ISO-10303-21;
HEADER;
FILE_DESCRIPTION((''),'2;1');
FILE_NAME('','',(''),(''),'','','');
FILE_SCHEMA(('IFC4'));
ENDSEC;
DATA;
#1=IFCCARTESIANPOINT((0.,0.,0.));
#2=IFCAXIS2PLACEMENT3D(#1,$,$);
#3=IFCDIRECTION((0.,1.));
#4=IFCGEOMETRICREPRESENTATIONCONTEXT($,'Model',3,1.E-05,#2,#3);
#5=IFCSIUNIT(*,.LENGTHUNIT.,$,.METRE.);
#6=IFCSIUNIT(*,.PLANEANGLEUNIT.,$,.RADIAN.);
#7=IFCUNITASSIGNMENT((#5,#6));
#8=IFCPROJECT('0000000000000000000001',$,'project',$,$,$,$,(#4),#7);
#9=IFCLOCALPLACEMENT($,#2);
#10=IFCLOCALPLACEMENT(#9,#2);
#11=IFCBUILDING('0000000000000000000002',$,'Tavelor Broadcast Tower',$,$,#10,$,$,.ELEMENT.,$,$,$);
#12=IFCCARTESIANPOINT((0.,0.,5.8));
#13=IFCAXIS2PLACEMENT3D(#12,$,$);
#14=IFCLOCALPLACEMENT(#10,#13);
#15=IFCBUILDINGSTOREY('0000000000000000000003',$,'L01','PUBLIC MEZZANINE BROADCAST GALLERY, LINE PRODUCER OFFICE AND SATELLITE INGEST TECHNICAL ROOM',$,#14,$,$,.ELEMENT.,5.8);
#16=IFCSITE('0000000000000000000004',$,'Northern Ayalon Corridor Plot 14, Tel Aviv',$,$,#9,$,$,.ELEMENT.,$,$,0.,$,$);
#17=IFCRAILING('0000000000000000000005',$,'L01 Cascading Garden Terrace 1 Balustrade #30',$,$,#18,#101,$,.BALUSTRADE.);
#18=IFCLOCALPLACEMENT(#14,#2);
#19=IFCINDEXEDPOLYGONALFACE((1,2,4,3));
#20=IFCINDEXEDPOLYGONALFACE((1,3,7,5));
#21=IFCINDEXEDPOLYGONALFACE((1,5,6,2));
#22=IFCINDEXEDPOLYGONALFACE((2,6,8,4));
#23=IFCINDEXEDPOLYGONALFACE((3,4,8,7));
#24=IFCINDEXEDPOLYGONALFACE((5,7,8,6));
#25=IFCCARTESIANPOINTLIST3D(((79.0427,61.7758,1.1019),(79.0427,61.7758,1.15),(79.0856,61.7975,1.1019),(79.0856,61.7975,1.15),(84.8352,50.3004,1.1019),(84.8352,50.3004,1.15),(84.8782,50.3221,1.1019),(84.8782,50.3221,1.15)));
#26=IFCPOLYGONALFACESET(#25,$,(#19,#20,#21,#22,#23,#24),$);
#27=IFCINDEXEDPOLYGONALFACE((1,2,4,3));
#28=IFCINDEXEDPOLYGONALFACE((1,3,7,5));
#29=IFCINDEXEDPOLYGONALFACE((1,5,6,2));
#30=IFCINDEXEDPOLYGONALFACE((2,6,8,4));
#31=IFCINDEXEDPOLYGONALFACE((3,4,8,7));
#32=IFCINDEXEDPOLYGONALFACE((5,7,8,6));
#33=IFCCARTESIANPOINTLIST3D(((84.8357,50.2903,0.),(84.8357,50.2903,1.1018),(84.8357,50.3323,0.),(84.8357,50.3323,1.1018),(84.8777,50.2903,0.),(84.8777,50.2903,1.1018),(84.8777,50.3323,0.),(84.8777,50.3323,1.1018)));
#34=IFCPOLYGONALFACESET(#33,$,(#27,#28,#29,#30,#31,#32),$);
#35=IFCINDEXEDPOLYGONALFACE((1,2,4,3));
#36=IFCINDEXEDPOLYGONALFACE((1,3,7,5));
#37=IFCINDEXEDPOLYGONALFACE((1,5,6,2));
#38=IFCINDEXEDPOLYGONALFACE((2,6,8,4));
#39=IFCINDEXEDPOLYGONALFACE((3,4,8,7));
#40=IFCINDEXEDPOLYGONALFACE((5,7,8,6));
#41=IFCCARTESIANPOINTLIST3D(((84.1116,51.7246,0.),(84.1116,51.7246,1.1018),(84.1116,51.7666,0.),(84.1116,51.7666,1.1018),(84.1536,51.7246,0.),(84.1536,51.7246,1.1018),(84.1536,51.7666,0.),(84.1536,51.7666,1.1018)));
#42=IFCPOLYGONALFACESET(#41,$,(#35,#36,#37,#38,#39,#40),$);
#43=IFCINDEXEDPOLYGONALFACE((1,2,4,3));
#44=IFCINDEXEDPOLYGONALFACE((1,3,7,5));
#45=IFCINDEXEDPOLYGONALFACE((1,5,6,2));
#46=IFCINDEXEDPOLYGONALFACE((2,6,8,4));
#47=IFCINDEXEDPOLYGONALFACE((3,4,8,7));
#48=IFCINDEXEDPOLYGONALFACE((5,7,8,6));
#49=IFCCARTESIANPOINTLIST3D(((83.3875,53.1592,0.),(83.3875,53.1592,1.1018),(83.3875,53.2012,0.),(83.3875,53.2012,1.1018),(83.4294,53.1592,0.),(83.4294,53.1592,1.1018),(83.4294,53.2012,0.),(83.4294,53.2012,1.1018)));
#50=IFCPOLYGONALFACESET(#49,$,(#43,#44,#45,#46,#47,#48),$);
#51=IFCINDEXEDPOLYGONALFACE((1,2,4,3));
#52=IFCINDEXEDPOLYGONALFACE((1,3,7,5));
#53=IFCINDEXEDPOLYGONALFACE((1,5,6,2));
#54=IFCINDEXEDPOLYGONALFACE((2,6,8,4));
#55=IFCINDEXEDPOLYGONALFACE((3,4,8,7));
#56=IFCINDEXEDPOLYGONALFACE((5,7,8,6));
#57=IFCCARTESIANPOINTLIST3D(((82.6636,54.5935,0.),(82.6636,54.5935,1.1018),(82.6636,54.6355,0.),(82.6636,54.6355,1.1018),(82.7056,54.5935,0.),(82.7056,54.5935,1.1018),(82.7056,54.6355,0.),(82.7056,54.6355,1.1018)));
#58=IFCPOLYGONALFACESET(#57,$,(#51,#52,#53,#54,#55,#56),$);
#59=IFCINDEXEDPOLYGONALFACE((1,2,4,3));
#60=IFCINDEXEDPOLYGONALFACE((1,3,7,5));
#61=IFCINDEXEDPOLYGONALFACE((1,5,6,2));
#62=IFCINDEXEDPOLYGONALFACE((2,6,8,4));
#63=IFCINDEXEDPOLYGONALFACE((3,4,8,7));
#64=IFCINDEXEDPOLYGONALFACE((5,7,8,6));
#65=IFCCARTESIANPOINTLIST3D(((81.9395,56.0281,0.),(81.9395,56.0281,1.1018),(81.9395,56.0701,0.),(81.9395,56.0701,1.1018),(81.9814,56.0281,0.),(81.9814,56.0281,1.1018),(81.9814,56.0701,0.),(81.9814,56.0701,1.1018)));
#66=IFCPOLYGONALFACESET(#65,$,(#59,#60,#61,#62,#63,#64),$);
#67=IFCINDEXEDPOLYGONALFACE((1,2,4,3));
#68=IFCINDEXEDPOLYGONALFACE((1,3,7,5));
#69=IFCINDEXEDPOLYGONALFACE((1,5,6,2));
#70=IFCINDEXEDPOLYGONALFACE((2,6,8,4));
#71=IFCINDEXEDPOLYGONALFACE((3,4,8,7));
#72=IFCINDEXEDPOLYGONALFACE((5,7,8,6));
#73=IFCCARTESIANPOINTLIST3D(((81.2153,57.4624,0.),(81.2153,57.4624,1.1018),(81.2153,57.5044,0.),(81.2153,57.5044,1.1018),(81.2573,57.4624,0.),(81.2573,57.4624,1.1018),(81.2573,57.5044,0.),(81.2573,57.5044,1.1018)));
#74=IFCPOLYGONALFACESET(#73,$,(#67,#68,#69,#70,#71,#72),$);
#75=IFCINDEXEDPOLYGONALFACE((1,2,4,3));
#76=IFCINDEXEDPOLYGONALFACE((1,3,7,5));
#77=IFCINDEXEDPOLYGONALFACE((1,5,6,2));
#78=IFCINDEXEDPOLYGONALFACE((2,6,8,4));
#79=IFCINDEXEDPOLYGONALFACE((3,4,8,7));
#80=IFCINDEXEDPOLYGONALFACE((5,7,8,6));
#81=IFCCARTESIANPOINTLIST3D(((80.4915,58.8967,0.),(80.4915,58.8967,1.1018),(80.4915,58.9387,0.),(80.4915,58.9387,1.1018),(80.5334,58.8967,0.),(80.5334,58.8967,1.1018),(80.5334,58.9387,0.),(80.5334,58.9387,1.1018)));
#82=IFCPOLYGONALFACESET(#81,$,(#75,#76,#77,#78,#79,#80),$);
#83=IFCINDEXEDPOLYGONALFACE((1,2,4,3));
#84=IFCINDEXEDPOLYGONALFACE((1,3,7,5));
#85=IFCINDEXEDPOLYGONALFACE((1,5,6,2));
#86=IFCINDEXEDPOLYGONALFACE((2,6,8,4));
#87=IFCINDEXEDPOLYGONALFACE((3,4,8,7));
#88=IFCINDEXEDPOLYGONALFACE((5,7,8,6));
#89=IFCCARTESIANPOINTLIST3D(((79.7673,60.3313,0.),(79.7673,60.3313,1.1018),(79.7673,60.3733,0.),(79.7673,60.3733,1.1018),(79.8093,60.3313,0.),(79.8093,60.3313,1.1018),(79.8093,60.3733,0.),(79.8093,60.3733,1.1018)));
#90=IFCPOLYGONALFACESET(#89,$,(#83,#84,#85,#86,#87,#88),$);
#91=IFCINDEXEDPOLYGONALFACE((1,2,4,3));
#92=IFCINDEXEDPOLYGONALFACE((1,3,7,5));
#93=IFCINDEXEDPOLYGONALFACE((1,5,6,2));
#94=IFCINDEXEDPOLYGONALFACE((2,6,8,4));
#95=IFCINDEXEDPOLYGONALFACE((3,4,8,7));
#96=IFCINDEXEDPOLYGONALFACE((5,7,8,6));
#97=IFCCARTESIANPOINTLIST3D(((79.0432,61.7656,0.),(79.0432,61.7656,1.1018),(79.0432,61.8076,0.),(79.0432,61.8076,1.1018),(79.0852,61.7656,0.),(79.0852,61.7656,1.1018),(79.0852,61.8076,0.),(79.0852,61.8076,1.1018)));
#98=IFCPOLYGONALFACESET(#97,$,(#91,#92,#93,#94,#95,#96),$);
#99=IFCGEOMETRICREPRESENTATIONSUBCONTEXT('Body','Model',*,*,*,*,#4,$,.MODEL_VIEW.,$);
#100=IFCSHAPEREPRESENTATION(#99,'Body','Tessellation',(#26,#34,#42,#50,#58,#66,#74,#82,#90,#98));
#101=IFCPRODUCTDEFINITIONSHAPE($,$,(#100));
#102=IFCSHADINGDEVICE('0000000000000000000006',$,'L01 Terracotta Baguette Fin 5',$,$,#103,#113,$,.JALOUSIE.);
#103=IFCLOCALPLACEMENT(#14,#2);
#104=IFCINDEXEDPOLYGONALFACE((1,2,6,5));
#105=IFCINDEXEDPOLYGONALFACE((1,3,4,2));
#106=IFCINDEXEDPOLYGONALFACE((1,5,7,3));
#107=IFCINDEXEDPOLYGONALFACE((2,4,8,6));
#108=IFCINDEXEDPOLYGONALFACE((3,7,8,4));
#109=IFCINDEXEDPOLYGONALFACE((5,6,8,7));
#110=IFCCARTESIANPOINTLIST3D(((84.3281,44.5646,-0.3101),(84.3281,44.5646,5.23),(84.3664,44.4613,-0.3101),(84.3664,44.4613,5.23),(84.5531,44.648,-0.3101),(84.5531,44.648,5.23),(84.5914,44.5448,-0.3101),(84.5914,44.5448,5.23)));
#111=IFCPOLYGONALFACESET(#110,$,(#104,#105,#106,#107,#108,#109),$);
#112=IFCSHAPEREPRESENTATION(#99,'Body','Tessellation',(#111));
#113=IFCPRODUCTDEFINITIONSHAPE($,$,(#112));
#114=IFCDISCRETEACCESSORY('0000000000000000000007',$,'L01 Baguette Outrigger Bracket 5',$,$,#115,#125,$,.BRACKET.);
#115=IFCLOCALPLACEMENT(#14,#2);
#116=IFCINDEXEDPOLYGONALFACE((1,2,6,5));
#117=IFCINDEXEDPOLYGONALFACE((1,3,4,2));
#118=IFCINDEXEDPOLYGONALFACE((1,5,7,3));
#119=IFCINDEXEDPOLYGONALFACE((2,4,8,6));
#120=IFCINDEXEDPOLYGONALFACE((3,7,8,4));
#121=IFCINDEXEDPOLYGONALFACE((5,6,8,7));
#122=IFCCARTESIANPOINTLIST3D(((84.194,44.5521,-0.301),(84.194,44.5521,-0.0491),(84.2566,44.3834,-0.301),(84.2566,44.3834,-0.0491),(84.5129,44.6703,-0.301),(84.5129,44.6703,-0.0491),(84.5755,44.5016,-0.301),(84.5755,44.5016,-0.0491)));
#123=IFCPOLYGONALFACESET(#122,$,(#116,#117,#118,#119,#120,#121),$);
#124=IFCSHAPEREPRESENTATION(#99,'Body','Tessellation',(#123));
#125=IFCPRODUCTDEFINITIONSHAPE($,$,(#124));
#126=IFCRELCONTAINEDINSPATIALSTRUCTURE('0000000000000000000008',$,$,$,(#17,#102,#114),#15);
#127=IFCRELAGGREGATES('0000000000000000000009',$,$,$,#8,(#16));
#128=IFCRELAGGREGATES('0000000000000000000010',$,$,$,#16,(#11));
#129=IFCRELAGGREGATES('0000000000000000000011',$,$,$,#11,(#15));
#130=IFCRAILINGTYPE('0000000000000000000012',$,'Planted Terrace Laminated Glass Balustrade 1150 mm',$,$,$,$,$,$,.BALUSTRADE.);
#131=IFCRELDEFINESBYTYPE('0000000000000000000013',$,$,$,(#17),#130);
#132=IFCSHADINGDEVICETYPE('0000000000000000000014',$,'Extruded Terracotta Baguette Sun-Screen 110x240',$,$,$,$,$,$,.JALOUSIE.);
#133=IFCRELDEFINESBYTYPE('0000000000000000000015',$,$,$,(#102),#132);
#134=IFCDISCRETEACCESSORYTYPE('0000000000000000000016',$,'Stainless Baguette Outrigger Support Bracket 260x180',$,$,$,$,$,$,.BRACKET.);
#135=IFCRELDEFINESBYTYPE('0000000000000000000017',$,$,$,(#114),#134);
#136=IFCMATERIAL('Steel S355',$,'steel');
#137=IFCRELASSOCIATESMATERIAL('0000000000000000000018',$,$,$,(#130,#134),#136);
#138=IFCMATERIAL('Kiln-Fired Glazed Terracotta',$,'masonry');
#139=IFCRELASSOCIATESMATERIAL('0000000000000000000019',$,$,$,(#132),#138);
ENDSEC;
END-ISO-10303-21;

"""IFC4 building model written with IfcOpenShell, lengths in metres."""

from ifc_helpers import new_model, si_unit, direction, frame, origin, origin_2d, place, context, subcontext, project, spatial, rectangle, extrude, source, transform, mapped, material, type_object, type_shapes, element, save


model = new_model("IFC4")

# Units and contexts
model_context = context("Model", 3, precision=1e-05, world=origin(), true_north=direction((0.0, 1.0)))
body_context = subcontext(model_context, "Body", "Model", "MODEL_VIEW")
ifc_project = project(units=[si_unit("LENGTHUNIT", "METRE"), si_unit("PLANEANGLEUNIT", "RADIAN")], contexts=[model_context])

# Site, building, storey
site_placement = place(None, origin())
site = spatial("IfcSite", under=ifc_project, at=site_placement, Name="Northern Ayalon Corridor Plot 14, Tel Aviv", CompositionType="ELEMENT", RefElevation=0.0)
building_placement = place(site_placement, origin())
building = spatial("IfcBuilding", under=site, at=building_placement, Name="Tavelor Broadcast Tower", CompositionType="ELEMENT")
storey_placement = place(building_placement, frame((0.0, 0.0, 5.8)))
storey = spatial("IfcBuildingStorey", under=building, at=storey_placement, Name="L01", Description="PUBLIC MEZZANINE BROADCAST GALLERY, LINE PRODUCER OFFICE AND SATELLITE INGEST TECHNICAL ROOM", CompositionType="ELEMENT", Elevation=5.8)

# Shared definitions
ifc_material_1 = material(Name="Steel S355", Category="steel")

# Railing
railing_type = type_object("IfcRailingType", Name="Planted Terrace Laminated Glass Balustrade 1150 mm", PredefinedType="BALUSTRADE", material=ifc_material_1)
railing_placement = place(storey_placement, frame((84.8567, 50.3113, 0.0)))
element("IfcRailing", 1, at=railing_placement, inside=storey, type_object=railing_type, Name="L01 Cascading Garden Terrace 1 Balustrade #30", PredefinedType="BALUSTRADE", context=body_context, shape_type="SweptSolid", body=[
    extrude(rectangle(XDim=0.0481, YDim=0.0481, at=origin_2d()), frame((0.0, 0.0, 1.126), z_axis=(-0.450621, 0.892715, 0.0), x_axis=(-0.892715, -0.450621, 0.0)), (0.0, 0.0, 1.0), 12.8545),
    extrude(rectangle(XDim=0.042, YDim=0.042, at=origin_2d()), origin(), (0.0, 0.0, 1.0), 1.1018),
    extrude(rectangle(XDim=0.042, YDim=0.042, at=origin_2d()), frame((-0.7241, 1.4343, 0.0)), (0.0, 0.0, 1.0), 1.1018),
    extrude(rectangle(XDim=0.042, YDim=0.042, at=origin_2d()), frame((-1.4482, 2.8689, 0.0)), (0.0, 0.0, 1.0), 1.1018),
    extrude(rectangle(XDim=0.042, YDim=0.042, at=origin_2d()), frame((-2.1721, 4.3032, 0.0)), (0.0, 0.0, 1.0), 1.1018),
    extrude(rectangle(XDim=0.042, YDim=0.042, at=origin_2d()), frame((-2.8962, 5.7378, 0.0)), (0.0, 0.0, 1.0), 1.1018),
    extrude(rectangle(XDim=0.042, YDim=0.042, at=origin_2d()), frame((-3.6204, 7.1721, 0.0)), (0.0, 0.0, 1.0), 1.1018),
    extrude(rectangle(XDim=0.042, YDim=0.042, at=origin_2d()), frame((-4.3442, 8.6064, 0.0)), (0.0, 0.0, 1.0), 1.1018),
    extrude(rectangle(XDim=0.042, YDim=0.042, at=origin_2d()), frame((-5.0684, 10.041, 0.0)), (0.0, 0.0, 1.0), 1.1018),
    extrude(rectangle(XDim=0.042, YDim=0.042, at=origin_2d()), frame((-5.7925, 11.4753, 0.0)), (0.0, 0.0, 1.0), 1.1018),
])

# Shading device
ifc_material_2 = material(Name="Kiln-Fired Glazed Terracotta", Category="masonry")
shading_device_type = type_object("IfcShadingDeviceType", Name="Extruded Terracotta Baguette Sun-Screen 110x240", PredefinedType="JALOUSIE", material=ifc_material_2)
shared_shape_1 = source(origin(), body_context, "Body", "SweptSolid", [
    extrude(rectangle(XDim=0.1101, YDim=0.24, at=origin_2d()), origin(), (0.0, 0.0, 1.0), 5.54),
])
type_shapes(shading_device_type, [shared_shape_1])
shading_device_placement = place(storey_placement, frame((84.4597, 44.5547, -0.3101), z_axis=(0.0, 0.0, 1.0), x_axis=(-0.347754, 0.937586, 0.0)))
element("IfcShadingDevice", 2, at=shading_device_placement, inside=storey, type_object=shading_device_type, Name="L01 Terracotta Baguette Fin 5", PredefinedType="JALOUSIE", context=body_context, shape_type="MappedRepresentation", body=[
    mapped(shared_shape_1, transform((0.0, 0.0, 0.0), scale=1.0)),
])

# Discrete accessory
discrete_accessory_type = type_object("IfcDiscreteAccessoryType", Name="Stainless Baguette Outrigger Support Bracket 260x180", PredefinedType="BRACKET", material=ifc_material_1)
shared_shape_2 = source(origin(), body_context, "Body", "SweptSolid", [
    extrude(rectangle(XDim=0.1799, YDim=0.3401, at=origin_2d()), origin(), (0.0, 0.0, 1.0), 0.252),
])
type_shapes(discrete_accessory_type, [shared_shape_2])
discrete_accessory_placement = place(storey_placement, frame((84.3848, 44.5269, -0.301), z_axis=(0.0, 0.0, 1.0), x_axis=(-0.347754, 0.937586, 0.0)))
element("IfcDiscreteAccessory", 3, at=discrete_accessory_placement, inside=storey, type_object=discrete_accessory_type, Name="L01 Baguette Outrigger Bracket 5", PredefinedType="BRACKET", context=body_context, shape_type="MappedRepresentation", body=[
    mapped(shared_shape_2, transform((0.0, 0.0, 0.0), scale=1.0)),
])

save(model, "model.ifc")
